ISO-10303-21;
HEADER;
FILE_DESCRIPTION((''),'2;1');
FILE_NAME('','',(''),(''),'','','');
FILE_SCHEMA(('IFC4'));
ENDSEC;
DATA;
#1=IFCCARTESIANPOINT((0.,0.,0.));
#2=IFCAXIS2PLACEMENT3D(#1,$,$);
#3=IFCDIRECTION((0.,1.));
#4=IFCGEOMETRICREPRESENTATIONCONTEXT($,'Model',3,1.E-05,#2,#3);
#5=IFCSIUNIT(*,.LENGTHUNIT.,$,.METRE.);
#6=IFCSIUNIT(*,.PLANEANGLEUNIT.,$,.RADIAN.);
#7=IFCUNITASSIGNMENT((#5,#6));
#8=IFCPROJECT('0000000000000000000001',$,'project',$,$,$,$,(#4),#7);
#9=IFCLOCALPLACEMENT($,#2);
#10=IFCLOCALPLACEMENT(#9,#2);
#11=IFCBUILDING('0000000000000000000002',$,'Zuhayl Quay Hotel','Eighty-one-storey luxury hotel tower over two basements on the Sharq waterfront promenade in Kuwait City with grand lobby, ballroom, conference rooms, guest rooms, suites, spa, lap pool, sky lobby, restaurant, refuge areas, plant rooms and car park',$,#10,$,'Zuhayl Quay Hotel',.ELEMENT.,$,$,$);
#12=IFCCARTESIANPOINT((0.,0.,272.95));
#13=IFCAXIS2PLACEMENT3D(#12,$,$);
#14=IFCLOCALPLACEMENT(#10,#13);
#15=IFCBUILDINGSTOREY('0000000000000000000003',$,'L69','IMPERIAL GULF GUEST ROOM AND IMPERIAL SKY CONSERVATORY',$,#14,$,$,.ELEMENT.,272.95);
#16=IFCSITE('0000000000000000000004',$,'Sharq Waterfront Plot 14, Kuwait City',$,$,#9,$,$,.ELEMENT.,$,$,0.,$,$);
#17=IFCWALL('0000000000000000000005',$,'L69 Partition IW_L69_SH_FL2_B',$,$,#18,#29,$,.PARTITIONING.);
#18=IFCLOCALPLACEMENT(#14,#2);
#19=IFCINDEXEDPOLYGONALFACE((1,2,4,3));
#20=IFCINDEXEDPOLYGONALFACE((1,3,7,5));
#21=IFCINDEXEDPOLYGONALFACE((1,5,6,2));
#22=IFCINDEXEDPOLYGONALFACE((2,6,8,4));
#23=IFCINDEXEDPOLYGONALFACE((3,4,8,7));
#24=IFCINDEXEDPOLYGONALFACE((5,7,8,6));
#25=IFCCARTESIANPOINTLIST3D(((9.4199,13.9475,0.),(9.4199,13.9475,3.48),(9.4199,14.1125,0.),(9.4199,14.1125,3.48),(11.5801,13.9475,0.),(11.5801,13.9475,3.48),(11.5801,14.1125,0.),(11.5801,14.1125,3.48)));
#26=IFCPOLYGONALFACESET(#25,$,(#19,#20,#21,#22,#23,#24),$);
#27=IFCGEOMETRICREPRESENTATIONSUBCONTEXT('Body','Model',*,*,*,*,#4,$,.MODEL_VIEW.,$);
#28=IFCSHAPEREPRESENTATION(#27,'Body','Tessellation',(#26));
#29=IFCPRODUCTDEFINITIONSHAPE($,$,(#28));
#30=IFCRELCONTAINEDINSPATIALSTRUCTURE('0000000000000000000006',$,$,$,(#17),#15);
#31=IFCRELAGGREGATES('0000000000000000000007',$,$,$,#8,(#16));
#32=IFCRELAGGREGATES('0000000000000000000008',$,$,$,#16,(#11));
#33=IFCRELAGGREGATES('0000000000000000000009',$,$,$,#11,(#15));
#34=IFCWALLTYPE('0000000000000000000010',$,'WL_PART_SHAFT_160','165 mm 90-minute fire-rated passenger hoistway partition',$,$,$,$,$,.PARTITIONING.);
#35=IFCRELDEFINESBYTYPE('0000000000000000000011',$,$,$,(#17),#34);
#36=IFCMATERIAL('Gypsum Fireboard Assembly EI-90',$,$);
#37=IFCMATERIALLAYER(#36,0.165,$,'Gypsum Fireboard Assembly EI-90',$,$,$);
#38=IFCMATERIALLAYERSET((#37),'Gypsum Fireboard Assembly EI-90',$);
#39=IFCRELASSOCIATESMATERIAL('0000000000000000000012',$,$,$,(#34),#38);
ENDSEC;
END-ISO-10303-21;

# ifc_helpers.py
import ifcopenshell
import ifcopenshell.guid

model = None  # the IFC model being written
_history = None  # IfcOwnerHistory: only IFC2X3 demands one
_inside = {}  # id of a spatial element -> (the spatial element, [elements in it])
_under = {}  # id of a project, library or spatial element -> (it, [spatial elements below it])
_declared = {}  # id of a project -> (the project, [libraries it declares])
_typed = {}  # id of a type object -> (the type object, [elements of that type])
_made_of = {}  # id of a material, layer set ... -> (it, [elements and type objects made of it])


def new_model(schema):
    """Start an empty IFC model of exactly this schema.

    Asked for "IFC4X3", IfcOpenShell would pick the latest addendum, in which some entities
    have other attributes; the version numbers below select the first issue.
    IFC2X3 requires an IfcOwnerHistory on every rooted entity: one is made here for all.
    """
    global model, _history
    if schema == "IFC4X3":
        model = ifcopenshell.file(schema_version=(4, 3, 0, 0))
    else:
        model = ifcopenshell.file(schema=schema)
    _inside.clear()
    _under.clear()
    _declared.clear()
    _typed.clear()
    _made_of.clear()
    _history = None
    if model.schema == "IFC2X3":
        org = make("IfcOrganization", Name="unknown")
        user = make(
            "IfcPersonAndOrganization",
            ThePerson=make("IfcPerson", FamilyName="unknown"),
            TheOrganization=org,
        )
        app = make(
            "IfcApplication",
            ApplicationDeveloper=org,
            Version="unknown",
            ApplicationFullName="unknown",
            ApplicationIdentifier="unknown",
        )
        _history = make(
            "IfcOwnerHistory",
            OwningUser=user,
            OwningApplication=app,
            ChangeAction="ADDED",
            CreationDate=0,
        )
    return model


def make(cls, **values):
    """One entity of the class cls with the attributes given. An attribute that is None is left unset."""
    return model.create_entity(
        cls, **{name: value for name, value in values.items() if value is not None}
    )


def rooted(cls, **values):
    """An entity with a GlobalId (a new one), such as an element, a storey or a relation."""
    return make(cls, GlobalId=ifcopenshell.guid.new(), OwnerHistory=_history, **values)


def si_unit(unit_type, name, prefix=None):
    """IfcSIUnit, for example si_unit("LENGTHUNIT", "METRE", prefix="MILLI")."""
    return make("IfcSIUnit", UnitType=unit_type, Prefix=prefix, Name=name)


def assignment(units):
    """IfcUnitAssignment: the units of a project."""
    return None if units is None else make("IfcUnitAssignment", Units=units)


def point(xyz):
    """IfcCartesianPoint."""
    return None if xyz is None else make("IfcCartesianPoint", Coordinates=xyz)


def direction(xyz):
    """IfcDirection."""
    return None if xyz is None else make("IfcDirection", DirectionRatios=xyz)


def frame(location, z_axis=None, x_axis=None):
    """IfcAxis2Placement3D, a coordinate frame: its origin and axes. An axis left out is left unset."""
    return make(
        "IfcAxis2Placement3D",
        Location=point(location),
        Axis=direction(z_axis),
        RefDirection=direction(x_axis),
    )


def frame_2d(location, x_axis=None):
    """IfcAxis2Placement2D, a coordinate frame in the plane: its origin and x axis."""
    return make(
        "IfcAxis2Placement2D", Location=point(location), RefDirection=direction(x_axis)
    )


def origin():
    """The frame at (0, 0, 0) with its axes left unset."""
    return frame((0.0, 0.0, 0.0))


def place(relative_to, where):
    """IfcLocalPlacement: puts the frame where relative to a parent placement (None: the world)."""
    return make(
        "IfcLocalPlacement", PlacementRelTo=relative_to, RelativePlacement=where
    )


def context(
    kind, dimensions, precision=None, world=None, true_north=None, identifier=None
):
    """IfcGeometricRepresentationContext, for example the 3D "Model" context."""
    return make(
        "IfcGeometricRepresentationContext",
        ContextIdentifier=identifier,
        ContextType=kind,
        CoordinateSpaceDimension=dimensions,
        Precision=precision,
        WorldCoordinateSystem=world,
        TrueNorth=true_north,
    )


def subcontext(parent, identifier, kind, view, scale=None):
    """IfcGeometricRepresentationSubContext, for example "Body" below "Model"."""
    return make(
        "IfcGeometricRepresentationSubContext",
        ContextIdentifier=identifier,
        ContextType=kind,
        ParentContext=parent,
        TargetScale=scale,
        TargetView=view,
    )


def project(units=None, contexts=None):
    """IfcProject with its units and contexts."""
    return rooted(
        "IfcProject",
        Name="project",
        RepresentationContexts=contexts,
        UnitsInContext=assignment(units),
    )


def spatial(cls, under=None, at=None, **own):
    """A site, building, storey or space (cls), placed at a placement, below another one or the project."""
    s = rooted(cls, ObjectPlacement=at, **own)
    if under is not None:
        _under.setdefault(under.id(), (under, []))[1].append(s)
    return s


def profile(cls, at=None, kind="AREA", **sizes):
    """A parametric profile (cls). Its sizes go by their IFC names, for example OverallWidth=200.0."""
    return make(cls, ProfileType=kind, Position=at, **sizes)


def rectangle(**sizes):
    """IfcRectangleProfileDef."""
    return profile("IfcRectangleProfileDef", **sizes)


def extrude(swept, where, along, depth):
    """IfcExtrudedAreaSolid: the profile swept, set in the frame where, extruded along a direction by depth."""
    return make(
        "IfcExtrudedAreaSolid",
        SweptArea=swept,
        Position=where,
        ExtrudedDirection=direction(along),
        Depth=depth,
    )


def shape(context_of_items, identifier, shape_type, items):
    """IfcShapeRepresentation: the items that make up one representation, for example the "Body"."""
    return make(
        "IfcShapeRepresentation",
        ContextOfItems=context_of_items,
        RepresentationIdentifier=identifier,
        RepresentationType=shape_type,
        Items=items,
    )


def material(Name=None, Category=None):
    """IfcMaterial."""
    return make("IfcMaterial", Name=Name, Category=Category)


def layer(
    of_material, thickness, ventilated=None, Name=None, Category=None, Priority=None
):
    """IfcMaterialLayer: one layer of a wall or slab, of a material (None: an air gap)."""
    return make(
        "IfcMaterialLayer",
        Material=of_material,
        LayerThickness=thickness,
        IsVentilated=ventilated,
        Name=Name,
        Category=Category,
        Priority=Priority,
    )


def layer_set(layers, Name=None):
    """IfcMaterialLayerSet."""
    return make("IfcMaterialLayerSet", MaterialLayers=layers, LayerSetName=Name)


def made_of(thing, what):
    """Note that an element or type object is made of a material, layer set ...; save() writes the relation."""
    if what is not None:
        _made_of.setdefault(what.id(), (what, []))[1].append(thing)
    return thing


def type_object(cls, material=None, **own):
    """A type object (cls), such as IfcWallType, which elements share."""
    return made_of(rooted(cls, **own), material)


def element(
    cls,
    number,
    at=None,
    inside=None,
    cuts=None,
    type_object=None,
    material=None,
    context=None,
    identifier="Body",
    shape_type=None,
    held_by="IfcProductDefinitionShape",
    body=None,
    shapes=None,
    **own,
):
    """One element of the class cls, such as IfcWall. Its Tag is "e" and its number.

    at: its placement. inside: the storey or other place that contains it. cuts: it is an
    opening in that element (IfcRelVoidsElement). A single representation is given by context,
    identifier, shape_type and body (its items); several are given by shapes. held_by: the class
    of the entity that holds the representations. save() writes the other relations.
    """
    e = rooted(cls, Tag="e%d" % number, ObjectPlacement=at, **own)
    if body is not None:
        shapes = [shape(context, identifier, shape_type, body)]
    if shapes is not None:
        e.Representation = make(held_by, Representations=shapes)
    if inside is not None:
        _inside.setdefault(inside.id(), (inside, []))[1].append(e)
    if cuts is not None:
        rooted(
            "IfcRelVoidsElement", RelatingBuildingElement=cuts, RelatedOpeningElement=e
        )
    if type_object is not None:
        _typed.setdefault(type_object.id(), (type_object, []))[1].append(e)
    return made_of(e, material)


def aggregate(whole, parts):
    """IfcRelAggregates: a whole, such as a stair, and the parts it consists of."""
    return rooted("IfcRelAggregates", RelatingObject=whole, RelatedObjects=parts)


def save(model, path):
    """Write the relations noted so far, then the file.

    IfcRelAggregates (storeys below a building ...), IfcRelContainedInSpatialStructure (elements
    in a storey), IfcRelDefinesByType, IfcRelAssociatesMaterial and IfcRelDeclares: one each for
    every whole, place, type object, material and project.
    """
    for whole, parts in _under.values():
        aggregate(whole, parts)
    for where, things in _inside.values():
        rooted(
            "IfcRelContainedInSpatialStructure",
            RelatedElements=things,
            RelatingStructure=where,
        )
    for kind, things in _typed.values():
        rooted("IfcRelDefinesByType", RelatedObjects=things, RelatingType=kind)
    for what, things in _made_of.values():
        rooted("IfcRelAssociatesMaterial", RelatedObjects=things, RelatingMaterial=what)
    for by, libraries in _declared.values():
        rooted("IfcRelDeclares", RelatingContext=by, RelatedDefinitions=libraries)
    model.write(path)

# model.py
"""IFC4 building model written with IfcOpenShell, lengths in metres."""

from ifc_helpers import new_model, si_unit, direction, frame, frame_2d, origin, place, context, subcontext, project, spatial, rectangle, extrude, material, layer, layer_set, type_object, element, save


model = new_model("IFC4")

# Units and contexts
model_context = context("Model", 3, precision=1e-05, world=origin(), true_north=direction((0.0, 1.0)))
body_context = subcontext(model_context, "Body", "Model", "MODEL_VIEW")
ifc_project = project(units=[si_unit("LENGTHUNIT", "METRE"), si_unit("PLANEANGLEUNIT", "RADIAN")], contexts=[model_context])

# Site, building, storey
site_placement = place(None, origin())
site = spatial("IfcSite", under=ifc_project, at=site_placement, Name="Sharq Waterfront Plot 14, Kuwait City", CompositionType="ELEMENT", RefElevation=0.0)
building_placement = place(site_placement, origin())
building = spatial("IfcBuilding", under=site, at=building_placement, Name="Zuhayl Quay Hotel", Description="Eighty-one-storey luxury hotel tower over two basements on the Sharq waterfront promenade in Kuwait City with grand lobby, ballroom, conference rooms, guest rooms, suites, spa, lap pool, sky lobby, restaurant, refuge areas, plant rooms and car park", LongName="Zuhayl Quay Hotel", CompositionType="ELEMENT")
storey_placement = place(building_placement, frame((0.0, 0.0, 272.95)))
storey = spatial("IfcBuildingStorey", under=building, at=storey_placement, Name="L69", Description="IMPERIAL GULF GUEST ROOM AND IMPERIAL SKY CONSERVATORY", CompositionType="ELEMENT", Elevation=272.95)

# Wall
ifc_material_1 = material(Name="Gypsum Fireboard Assembly EI-90")
ifc_layer_1 = layer(ifc_material_1, 0.165, Name="Gypsum Fireboard Assembly EI-90")
ifc_layer_set_1 = layer_set([ifc_layer_1], Name="Gypsum Fireboard Assembly EI-90")
wall_type_1 = type_object("IfcWallType", Name="WL_PART_SHAFT_160", Description="165 mm 90-minute fire-rated passenger hoistway partition", PredefinedType="PARTITIONING", material=ifc_layer_set_1)
wall_1_placement = place(storey_placement, frame((9.4199, 14.03, 0.0), z_axis=(0.0, 0.0, 1.0), x_axis=(1.0, 0.0, 0.0)))
element("IfcWall", 1, at=wall_1_placement, inside=storey, type_object=wall_type_1, Name="L69 Partition IW_L69_SH_FL2_B", PredefinedType="PARTITIONING", context=body_context, shape_type="SweptSolid", body=[
    extrude(rectangle(XDim=2.1602, YDim=0.165, at=frame_2d((1.0801, 0.0))), origin(), (0.0, 0.0, 1.0), 3.48),
])

save(model, "model.ifc")
